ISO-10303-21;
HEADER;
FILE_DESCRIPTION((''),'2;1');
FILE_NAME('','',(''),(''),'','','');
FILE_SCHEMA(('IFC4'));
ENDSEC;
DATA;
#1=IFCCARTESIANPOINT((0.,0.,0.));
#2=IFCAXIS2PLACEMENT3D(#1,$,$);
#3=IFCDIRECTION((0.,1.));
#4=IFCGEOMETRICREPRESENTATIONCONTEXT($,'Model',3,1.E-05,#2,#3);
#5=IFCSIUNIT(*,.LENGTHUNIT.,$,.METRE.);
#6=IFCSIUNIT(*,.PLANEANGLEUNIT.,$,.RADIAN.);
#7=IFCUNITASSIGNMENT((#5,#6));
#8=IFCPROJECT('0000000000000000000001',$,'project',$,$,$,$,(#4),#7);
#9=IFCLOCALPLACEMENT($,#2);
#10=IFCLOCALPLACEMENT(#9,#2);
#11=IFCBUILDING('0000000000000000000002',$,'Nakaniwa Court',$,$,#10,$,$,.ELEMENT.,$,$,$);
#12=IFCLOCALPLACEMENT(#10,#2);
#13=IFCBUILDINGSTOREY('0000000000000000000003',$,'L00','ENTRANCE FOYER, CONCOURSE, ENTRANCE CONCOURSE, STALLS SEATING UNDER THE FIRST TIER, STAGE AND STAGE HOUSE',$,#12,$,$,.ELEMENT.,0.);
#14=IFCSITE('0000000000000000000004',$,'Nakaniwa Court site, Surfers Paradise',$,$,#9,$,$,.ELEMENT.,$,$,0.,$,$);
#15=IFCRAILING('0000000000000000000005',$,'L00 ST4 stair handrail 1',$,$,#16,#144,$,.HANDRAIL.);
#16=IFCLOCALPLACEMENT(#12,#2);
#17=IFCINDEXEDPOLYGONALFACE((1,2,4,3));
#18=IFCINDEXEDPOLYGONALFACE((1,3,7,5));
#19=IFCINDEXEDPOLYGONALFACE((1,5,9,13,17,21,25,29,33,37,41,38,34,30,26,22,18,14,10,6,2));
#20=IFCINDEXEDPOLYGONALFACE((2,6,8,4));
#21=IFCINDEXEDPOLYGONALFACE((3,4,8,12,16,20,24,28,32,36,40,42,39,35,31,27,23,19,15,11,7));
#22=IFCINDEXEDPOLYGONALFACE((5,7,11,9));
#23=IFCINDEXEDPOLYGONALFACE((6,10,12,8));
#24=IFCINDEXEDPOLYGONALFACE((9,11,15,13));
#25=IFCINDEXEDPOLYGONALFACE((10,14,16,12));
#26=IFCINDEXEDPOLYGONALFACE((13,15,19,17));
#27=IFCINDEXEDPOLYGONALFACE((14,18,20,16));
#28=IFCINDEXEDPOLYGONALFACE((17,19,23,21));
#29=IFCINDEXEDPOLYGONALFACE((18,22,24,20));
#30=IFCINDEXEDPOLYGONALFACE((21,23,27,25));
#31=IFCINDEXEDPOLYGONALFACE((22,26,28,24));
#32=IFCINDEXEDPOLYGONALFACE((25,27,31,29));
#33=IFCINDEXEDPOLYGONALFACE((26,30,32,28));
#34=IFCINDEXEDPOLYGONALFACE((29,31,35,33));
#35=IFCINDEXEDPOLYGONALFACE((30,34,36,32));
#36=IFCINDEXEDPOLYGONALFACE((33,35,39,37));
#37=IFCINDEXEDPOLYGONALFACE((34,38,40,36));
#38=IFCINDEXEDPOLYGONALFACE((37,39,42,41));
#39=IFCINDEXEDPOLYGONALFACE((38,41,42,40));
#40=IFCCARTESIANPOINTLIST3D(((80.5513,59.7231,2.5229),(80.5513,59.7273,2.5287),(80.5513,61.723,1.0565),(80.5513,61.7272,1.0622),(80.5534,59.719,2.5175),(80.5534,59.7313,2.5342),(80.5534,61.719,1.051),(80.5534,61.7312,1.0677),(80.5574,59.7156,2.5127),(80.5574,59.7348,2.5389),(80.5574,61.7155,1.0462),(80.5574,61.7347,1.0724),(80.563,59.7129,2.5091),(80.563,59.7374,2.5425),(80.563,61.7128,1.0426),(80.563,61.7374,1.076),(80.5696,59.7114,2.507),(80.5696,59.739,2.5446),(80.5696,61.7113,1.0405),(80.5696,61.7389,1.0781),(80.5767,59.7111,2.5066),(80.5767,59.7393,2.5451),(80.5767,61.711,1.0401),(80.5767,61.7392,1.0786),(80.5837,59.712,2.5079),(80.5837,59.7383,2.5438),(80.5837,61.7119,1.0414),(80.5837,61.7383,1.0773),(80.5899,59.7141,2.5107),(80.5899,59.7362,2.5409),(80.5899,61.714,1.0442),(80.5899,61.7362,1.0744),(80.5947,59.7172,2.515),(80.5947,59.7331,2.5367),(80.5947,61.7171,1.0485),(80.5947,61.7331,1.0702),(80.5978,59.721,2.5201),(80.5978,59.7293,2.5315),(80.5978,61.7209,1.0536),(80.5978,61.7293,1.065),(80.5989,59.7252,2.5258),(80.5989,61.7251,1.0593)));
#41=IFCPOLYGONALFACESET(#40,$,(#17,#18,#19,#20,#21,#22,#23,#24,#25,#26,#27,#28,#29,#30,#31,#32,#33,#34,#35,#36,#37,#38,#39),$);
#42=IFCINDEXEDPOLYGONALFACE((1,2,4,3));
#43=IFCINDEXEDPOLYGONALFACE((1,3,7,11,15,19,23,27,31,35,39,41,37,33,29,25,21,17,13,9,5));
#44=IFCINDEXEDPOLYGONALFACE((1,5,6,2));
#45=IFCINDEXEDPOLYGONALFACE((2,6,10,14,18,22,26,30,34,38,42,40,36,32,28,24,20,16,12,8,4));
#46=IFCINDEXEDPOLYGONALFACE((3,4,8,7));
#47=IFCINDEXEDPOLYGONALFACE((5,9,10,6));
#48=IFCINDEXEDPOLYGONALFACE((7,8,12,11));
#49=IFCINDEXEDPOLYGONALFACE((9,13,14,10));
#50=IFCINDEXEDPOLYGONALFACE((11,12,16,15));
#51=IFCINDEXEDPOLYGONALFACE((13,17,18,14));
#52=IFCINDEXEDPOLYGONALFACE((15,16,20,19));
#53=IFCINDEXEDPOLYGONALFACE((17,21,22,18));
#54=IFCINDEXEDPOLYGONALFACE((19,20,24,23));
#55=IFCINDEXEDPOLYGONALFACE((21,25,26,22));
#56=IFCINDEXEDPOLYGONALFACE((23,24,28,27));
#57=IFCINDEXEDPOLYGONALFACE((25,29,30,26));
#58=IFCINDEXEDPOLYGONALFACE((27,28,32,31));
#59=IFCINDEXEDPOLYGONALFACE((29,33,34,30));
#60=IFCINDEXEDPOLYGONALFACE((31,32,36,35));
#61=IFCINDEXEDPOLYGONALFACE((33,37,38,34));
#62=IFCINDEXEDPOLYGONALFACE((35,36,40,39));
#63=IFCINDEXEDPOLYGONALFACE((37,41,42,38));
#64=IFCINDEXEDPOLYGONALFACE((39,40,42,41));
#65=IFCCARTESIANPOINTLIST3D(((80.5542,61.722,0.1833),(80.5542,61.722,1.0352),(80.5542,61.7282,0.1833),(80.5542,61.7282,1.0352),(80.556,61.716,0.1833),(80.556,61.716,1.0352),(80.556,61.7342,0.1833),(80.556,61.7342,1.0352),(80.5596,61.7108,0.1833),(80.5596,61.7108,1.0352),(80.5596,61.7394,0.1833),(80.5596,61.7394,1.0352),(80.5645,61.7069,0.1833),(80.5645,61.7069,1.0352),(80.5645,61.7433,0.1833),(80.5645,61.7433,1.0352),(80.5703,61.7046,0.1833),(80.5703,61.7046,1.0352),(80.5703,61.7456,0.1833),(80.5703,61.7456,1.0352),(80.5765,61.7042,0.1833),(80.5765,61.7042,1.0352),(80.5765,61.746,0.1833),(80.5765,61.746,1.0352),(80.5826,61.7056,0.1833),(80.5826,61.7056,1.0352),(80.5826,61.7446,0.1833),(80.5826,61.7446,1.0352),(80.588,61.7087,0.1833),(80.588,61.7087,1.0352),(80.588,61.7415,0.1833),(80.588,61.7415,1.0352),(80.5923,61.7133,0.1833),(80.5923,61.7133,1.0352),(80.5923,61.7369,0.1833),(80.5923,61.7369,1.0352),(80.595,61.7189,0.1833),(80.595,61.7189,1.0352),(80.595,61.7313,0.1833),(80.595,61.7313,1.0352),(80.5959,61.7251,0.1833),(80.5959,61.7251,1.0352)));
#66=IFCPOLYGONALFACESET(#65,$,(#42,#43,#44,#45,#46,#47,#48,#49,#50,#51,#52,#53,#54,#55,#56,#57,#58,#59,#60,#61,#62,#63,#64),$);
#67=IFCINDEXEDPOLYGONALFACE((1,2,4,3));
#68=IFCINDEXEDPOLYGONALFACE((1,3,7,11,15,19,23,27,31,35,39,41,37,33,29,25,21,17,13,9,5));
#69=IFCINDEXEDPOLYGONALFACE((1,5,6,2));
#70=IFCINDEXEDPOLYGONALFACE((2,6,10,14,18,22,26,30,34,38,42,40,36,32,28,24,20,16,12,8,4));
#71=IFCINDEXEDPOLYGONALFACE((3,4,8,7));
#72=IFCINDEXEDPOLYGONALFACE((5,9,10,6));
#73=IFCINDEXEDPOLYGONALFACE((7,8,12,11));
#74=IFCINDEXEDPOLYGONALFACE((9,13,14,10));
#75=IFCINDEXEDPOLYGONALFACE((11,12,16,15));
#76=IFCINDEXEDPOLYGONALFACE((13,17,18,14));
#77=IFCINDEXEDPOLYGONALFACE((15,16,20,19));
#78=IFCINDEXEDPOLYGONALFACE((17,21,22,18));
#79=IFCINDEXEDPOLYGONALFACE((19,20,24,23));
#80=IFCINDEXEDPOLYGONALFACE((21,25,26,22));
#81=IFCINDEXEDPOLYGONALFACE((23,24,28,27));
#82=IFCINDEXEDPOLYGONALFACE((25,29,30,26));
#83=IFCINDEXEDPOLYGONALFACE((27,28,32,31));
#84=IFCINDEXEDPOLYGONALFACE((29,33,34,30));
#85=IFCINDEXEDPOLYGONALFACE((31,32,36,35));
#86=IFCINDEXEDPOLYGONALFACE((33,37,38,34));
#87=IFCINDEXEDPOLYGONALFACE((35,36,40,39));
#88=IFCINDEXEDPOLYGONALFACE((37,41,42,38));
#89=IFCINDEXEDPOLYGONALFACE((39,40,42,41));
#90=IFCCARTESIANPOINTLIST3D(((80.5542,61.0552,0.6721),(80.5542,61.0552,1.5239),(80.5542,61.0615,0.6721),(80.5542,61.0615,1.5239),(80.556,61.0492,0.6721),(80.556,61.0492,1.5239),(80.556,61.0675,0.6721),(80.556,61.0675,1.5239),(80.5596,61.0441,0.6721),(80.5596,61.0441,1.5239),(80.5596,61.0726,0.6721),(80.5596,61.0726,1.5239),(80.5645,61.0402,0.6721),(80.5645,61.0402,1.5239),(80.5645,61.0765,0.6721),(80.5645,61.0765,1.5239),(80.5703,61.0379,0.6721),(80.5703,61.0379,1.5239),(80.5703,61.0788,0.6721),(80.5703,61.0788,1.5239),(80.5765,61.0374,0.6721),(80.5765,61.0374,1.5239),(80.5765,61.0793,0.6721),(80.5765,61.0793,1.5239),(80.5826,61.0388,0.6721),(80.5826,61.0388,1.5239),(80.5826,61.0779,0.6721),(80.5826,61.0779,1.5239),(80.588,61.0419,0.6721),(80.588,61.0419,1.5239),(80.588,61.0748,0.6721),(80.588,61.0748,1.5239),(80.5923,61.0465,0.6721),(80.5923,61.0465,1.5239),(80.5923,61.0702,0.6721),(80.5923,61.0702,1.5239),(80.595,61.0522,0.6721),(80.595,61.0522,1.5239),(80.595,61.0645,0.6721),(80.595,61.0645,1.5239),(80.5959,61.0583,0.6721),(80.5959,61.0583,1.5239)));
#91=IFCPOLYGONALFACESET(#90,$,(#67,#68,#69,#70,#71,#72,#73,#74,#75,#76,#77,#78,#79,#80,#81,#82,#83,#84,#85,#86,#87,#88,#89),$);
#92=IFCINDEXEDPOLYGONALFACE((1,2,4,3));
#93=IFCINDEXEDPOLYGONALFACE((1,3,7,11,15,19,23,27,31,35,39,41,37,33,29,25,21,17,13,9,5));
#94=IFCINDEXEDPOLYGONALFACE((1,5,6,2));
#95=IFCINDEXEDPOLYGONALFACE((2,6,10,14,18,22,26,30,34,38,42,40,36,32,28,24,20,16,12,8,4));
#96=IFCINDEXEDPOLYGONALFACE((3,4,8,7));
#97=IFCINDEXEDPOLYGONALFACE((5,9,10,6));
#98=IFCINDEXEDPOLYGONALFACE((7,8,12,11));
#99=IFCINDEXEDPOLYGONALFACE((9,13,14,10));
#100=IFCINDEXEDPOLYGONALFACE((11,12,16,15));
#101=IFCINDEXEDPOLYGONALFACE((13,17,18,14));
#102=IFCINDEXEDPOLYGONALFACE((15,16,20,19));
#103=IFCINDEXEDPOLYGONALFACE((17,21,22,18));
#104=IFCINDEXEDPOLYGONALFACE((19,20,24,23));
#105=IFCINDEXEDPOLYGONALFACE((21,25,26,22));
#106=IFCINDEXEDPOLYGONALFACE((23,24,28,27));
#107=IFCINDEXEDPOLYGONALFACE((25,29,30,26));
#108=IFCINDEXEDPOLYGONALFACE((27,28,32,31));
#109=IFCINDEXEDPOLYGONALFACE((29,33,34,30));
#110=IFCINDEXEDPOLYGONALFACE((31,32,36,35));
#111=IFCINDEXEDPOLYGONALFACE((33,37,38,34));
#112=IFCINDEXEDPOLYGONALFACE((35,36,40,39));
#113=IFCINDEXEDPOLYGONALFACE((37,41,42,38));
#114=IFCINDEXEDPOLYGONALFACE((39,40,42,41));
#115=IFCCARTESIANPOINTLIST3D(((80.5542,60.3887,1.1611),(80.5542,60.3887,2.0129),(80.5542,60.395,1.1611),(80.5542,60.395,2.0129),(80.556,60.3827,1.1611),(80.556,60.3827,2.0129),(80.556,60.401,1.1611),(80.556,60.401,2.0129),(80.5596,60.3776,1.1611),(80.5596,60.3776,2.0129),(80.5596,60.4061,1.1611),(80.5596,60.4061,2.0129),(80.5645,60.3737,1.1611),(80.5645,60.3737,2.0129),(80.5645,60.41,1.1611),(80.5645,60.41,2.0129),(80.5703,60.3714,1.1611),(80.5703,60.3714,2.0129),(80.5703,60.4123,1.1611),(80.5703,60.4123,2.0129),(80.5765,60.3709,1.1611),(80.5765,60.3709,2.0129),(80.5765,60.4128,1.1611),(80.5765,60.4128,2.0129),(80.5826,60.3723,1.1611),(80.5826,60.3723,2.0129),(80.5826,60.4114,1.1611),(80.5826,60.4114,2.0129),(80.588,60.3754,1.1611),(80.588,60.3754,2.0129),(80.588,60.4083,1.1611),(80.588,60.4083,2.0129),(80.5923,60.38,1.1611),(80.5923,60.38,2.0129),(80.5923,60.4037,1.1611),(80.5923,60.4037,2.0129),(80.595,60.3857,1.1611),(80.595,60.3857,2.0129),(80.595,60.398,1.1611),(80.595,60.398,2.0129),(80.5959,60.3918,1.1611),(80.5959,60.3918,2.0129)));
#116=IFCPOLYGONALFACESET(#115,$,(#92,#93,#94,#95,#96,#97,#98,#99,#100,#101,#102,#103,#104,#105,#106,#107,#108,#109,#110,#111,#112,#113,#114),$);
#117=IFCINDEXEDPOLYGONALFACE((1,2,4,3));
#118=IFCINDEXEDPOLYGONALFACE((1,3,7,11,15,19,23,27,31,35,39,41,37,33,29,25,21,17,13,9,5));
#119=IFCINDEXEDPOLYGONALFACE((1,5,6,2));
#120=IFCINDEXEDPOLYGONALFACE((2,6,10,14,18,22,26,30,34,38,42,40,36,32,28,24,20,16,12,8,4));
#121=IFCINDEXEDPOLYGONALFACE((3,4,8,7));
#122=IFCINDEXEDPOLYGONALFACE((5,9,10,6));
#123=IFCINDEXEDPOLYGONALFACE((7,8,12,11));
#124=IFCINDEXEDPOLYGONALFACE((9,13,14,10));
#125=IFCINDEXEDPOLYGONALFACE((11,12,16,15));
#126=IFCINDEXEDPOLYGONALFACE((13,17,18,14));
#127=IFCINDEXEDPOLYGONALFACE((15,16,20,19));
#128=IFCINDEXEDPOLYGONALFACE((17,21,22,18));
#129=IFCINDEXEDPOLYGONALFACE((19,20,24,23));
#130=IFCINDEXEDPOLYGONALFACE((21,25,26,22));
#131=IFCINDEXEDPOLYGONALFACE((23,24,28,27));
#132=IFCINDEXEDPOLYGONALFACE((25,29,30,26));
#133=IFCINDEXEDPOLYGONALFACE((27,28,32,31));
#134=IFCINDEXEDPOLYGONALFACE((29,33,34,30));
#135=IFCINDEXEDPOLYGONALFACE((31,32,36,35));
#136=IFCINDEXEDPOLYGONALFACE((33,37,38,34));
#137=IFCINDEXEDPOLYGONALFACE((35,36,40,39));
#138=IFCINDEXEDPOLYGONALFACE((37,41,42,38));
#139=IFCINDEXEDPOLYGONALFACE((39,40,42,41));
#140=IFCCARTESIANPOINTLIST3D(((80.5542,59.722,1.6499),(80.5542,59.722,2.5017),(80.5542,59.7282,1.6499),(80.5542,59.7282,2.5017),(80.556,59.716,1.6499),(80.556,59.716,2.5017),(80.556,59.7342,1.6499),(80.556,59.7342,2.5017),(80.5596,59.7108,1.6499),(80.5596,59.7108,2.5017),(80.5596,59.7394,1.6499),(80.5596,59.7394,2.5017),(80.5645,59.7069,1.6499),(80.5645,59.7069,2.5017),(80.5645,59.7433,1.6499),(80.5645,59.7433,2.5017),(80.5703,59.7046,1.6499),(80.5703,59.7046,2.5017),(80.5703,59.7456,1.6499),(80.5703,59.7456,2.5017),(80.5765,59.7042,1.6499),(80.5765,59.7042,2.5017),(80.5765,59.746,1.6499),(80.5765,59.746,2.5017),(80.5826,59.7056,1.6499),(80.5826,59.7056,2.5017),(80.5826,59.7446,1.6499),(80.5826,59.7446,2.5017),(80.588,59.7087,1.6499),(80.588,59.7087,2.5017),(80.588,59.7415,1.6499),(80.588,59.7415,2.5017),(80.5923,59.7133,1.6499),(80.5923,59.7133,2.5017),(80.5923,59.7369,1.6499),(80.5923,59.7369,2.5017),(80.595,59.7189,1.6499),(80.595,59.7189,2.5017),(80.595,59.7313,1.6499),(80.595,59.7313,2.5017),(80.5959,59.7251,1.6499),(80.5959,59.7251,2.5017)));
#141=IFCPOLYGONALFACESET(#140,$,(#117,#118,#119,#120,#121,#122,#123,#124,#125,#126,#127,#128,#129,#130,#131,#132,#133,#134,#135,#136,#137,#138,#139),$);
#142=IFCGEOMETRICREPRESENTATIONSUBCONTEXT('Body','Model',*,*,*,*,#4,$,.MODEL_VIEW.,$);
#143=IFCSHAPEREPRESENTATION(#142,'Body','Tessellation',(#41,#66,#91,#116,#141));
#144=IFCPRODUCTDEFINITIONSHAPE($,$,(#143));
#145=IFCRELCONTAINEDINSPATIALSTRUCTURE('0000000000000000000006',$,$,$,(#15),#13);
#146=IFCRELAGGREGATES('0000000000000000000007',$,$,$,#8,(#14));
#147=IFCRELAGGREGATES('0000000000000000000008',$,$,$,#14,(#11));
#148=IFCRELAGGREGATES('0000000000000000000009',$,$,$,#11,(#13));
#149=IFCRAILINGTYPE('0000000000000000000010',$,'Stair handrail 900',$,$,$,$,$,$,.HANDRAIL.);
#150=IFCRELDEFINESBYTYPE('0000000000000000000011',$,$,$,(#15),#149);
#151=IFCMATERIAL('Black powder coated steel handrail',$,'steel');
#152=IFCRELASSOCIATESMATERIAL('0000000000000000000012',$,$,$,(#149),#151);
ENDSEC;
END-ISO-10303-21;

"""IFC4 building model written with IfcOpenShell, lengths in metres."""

from ifc_helpers import new_model, si_unit, direction, frame, origin, origin_2d, place, context, subcontext, project, spatial, circle, extrude, material, type_object, element, save


model = new_model("IFC4")

# Units and contexts
model_context = context("Model", 3, precision=1e-05, world=origin(), true_north=direction((0.0, 1.0)))
body_context = subcontext(model_context, "Body", "Model", "MODEL_VIEW")
ifc_project = project(units=[si_unit("LENGTHUNIT", "METRE"), si_unit("PLANEANGLEUNIT", "RADIAN")], contexts=[model_context])

# Site, building, storey
site_placement = place(None, origin())
site = spatial("IfcSite", under=ifc_project, at=site_placement, Name="Nakaniwa Court site, Surfers Paradise", CompositionType="ELEMENT", RefElevation=0.0)
building_placement = place(site_placement, origin())
building = spatial("IfcBuilding", under=site, at=building_placement, Name="Nakaniwa Court", CompositionType="ELEMENT")
storey_placement = place(building_placement, origin())
storey = spatial("IfcBuildingStorey", under=building, at=storey_placement, Name="L00", Description="ENTRANCE FOYER, CONCOURSE, ENTRANCE CONCOURSE, STALLS SEATING UNDER THE FIRST TIER, STAGE AND STAGE HOUSE", CompositionType="ELEMENT", Elevation=0.0)

# Railing
ifc_material_1 = material(Name="Black powder coated steel handrail", Category="steel")
railing_type_1 = type_object("IfcRailingType", Name="Stair handrail 900", PredefinedType="HANDRAIL", material=ifc_material_1)
for number, where, name in (
    (1, (80.575, 61.7251, 0.1833), "L00 ST4 stair handrail 1"),
):
    element("IfcRailing", number, at=place(storey_placement, frame(where)), inside=storey, type_object=railing_type_1, Name=name, PredefinedType="HANDRAIL", context=body_context, shape_type="SweptSolid", body=[
        extrude(circle(Radius=0.0239, at=origin_2d()), frame((0.0, 0.0, 0.876), z_axis=(0.0, -0.806427, 0.591334), x_axis=(1.0, 0.0, 0.0)), (0.0, 0.0, 1.0), 2.48),
        extrude(circle(Radius=0.021, at=origin_2d()), origin(), (0.0, 0.0, 1.0), 0.8518),
        extrude(circle(Radius=0.021, at=origin_2d()), frame((0.0, -0.6667, 0.4888)), (0.0, 0.0, 1.0), 0.8518),
        extrude(circle(Radius=0.021, at=origin_2d()), frame((0.0, -1.3333, 0.9778)), (0.0, 0.0, 1.0), 0.8518),
        extrude(circle(Radius=0.021, at=origin_2d()), frame((0.0, -2.0, 1.4666)), (0.0, 0.0, 1.0), 0.8518),
    ])

save(model, "model.ifc")
